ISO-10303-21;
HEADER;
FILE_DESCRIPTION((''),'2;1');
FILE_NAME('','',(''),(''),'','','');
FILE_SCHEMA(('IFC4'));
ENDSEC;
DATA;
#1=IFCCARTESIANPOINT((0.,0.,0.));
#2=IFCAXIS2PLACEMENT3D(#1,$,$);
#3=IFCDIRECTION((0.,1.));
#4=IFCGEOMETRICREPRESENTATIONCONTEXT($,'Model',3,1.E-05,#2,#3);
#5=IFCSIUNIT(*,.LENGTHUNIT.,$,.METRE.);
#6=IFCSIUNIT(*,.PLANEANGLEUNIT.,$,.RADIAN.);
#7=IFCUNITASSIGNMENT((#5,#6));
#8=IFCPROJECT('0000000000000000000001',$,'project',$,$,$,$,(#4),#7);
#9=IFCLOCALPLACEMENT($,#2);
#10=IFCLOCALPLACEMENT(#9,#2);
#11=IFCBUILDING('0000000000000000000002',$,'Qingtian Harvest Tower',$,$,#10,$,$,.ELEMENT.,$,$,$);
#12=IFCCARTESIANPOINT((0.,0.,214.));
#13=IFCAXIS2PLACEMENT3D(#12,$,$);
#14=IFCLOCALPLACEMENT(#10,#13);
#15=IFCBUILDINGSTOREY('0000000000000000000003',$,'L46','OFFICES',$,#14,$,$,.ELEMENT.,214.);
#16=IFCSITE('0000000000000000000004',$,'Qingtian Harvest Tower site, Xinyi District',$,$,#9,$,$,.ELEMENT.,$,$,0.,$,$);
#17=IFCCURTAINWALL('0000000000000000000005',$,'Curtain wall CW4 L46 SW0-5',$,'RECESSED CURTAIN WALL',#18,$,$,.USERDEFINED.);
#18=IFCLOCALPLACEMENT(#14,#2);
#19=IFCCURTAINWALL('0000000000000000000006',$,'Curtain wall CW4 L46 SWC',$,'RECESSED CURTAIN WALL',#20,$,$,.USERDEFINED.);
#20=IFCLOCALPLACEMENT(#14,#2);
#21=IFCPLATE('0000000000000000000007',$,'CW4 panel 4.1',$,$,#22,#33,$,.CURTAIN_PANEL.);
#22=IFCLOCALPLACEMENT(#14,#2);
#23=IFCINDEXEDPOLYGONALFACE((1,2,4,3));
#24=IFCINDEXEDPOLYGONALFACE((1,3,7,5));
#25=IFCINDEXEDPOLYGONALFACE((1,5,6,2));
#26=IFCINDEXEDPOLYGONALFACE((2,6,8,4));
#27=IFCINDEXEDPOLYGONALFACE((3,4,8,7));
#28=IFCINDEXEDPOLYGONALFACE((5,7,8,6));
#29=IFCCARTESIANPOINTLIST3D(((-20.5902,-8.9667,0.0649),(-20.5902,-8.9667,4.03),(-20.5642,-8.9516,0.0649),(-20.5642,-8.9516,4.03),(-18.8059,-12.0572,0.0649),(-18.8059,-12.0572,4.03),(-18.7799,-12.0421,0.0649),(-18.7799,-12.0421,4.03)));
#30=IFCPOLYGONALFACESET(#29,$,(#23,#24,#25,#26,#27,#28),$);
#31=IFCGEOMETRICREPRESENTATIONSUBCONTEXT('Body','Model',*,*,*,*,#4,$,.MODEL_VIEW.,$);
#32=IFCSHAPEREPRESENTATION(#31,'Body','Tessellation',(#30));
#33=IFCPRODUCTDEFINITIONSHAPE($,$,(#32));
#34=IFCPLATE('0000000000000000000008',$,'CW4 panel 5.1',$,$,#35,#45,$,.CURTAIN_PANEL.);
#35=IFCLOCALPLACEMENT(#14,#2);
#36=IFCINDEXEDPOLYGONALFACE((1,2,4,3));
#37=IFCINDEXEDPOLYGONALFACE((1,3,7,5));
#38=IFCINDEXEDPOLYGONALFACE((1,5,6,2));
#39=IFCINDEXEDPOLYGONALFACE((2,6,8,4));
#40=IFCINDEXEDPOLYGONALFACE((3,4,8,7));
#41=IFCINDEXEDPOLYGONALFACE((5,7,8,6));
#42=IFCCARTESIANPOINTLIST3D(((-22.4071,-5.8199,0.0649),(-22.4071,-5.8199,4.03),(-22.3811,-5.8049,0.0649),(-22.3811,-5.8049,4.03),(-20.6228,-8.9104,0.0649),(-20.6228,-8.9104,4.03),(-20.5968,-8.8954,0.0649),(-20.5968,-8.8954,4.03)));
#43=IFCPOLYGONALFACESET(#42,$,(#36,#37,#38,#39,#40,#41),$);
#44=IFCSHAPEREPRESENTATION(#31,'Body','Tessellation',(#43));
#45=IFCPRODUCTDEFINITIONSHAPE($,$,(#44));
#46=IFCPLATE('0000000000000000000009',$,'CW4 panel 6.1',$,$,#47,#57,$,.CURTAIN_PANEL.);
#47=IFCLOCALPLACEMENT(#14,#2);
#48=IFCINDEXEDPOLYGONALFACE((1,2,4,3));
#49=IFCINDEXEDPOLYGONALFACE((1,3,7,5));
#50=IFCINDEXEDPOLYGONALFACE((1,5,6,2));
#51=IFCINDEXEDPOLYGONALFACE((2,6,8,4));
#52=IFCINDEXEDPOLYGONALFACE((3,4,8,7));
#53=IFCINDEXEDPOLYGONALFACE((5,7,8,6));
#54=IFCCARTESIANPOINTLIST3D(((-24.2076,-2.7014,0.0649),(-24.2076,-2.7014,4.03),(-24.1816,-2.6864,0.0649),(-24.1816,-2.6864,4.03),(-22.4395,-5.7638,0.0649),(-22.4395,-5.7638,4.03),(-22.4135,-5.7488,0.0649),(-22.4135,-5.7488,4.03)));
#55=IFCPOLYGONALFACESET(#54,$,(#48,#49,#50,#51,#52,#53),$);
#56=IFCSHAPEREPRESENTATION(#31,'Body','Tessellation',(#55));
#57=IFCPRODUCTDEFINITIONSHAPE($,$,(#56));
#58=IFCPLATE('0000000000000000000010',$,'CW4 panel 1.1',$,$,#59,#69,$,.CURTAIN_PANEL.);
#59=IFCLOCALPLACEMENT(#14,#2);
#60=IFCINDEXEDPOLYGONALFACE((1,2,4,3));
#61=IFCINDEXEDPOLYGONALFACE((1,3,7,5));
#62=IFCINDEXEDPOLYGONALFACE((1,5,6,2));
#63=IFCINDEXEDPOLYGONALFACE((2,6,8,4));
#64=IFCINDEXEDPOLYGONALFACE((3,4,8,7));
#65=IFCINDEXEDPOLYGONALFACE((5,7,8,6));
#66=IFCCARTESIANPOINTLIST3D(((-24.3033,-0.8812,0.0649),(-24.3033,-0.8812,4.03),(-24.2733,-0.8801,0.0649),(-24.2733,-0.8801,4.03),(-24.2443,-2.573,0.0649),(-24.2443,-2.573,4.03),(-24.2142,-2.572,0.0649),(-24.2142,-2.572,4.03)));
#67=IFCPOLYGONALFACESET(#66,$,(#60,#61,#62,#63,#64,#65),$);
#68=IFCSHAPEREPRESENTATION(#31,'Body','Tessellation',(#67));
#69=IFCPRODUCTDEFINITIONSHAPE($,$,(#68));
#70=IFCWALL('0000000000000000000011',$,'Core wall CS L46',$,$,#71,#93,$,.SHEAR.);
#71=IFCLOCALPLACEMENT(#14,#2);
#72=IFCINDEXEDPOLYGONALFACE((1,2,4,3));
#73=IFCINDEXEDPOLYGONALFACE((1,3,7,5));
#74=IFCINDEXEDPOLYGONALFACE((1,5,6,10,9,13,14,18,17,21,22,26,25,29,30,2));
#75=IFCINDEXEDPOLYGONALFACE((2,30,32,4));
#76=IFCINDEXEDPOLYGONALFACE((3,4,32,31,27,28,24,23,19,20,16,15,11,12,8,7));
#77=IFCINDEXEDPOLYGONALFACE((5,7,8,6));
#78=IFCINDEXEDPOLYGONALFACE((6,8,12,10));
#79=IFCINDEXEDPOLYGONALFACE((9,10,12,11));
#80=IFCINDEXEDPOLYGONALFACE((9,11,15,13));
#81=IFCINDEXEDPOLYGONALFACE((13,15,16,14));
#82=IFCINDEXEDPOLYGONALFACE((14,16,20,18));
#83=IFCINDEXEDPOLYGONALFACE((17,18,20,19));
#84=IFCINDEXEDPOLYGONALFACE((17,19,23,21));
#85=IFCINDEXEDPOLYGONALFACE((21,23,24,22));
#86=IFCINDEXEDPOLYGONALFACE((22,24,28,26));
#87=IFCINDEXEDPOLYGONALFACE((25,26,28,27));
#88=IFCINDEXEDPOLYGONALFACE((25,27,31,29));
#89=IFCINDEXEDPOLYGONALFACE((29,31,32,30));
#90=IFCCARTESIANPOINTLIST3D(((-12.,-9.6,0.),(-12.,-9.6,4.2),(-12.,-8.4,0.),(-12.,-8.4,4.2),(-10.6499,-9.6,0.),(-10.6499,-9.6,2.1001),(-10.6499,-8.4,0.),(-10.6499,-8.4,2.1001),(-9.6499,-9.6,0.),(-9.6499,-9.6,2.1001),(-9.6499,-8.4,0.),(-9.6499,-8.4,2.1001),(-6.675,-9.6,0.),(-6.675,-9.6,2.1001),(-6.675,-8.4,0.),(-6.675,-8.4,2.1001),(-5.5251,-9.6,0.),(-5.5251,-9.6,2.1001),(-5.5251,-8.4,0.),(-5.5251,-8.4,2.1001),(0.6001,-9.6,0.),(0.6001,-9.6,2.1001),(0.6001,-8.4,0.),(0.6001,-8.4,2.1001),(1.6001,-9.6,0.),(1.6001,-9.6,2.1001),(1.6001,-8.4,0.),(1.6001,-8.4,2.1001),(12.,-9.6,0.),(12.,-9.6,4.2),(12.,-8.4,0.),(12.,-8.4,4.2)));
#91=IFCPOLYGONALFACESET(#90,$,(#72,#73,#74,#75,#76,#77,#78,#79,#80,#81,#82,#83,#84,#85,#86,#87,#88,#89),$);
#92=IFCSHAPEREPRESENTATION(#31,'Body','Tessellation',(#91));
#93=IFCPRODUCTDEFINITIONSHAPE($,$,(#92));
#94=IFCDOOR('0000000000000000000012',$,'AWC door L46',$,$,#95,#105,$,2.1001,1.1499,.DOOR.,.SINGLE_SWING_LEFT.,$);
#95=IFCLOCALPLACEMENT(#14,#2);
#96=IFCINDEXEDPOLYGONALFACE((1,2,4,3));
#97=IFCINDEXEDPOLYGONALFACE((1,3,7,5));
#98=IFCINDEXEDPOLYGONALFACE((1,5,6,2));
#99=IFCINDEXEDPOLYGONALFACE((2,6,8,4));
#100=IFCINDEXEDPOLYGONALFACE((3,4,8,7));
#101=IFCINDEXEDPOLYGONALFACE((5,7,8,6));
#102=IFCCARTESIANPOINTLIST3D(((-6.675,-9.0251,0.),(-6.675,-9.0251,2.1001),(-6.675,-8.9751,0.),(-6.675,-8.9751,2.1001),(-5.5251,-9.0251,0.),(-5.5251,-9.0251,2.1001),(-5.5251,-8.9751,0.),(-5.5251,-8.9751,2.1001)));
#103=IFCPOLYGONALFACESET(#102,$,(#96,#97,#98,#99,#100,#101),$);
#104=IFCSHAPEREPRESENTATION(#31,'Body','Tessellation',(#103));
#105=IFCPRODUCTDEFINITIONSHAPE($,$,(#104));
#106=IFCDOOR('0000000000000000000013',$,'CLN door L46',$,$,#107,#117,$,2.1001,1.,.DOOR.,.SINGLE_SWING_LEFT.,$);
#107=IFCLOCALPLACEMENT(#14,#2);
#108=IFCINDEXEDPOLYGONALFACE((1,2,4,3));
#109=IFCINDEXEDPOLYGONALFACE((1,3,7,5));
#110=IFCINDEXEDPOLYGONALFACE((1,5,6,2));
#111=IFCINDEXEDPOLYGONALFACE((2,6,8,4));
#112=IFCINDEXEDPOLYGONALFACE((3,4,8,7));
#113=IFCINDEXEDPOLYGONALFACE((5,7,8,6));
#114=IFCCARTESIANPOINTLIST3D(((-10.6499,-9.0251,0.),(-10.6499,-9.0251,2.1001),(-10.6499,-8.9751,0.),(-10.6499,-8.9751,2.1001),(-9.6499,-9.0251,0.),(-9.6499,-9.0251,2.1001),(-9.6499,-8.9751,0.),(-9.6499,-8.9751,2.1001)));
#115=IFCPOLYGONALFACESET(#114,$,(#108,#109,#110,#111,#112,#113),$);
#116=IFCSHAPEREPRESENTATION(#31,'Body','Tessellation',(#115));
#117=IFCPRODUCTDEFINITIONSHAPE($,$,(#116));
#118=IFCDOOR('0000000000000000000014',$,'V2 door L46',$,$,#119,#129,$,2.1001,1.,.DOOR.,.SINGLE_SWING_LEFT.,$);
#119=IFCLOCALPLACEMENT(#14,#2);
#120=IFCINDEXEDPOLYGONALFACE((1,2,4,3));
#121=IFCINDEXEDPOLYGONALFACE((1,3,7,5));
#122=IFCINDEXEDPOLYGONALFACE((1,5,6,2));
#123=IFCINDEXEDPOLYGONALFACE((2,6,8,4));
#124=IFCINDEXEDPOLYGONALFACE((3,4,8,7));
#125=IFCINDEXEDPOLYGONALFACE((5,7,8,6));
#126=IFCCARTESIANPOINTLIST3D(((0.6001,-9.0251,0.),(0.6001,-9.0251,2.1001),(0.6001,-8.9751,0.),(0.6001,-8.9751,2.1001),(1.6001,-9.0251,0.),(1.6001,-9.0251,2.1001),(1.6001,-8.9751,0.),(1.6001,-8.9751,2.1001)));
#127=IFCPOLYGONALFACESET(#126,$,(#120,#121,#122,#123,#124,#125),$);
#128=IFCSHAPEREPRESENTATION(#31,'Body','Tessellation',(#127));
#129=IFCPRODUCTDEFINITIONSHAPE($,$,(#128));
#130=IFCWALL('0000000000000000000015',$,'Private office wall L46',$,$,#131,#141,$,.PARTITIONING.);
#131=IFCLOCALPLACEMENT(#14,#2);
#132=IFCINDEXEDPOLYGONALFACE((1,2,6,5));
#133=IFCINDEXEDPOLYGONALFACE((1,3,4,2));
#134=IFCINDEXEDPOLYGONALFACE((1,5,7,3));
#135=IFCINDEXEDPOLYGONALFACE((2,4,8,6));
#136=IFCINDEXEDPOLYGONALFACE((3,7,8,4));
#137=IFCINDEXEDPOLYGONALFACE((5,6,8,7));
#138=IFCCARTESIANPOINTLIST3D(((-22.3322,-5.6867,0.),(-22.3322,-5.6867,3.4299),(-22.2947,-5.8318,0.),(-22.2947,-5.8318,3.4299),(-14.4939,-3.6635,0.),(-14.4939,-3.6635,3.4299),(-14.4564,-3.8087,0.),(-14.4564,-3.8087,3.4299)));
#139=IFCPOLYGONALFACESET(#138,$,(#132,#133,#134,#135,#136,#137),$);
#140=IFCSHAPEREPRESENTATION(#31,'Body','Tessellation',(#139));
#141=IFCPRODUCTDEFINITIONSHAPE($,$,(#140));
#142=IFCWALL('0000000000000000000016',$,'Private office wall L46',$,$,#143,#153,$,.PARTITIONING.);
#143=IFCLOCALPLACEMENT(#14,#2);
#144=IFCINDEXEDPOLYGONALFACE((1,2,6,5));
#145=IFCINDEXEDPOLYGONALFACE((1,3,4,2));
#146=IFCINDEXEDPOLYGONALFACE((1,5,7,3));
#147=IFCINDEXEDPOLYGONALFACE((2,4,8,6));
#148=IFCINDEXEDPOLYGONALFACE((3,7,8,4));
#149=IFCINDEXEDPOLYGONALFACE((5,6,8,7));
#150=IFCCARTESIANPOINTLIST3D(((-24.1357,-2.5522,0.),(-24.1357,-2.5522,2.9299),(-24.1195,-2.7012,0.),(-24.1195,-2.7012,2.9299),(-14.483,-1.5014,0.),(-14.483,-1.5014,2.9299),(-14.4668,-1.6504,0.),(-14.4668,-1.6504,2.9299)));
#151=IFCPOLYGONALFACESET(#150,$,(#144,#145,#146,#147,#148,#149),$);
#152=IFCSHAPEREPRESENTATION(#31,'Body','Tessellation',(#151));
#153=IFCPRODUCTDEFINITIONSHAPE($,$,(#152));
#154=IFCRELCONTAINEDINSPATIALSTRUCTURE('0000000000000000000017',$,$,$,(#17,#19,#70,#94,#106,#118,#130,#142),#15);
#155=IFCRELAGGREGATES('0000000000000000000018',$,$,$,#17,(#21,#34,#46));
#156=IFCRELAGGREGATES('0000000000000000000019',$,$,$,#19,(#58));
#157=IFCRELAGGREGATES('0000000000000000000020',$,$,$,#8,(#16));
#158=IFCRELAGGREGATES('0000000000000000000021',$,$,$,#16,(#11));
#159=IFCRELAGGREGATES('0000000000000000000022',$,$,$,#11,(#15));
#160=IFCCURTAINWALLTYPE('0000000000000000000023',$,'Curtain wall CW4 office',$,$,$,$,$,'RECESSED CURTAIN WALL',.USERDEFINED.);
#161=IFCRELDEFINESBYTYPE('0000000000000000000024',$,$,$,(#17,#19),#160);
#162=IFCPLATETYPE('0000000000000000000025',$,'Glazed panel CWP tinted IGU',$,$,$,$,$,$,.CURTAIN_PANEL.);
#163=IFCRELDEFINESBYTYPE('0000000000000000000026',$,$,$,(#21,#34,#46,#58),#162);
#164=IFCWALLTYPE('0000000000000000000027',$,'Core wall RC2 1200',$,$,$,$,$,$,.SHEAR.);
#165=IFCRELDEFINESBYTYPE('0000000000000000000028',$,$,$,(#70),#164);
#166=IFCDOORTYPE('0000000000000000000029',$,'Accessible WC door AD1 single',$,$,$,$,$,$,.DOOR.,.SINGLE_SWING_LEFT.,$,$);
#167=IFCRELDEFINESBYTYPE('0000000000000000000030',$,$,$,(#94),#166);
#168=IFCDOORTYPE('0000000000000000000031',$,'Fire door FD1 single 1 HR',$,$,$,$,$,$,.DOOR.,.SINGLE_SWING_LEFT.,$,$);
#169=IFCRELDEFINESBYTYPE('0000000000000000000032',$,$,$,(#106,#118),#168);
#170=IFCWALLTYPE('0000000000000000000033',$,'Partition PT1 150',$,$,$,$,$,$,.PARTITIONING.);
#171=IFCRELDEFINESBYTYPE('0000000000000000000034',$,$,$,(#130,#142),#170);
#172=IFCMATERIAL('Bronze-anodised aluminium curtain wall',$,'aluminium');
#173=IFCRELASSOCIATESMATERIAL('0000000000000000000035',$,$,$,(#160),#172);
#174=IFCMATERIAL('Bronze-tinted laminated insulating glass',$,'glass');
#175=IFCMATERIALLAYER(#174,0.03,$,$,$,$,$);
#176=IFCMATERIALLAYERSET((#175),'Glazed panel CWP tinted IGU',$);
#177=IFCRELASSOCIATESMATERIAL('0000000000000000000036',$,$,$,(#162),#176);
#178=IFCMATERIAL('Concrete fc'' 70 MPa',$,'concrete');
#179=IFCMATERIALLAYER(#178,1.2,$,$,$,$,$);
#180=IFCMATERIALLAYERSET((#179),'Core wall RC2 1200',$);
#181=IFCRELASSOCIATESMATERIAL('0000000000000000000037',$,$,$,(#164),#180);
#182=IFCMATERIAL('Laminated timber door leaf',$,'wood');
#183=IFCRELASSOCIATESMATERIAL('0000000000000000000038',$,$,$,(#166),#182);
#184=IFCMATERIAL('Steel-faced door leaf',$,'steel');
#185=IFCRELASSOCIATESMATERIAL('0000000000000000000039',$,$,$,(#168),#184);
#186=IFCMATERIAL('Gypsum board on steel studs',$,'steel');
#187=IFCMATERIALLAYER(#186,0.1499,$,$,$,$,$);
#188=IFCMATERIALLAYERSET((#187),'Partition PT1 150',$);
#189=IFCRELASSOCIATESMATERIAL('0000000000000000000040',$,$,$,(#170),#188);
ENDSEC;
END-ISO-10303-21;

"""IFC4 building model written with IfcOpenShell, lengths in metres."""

from ifc_helpers import new_model, si_unit, direction, frame, frame_2d, origin, origin_2d, place, context, subcontext, project, spatial, rectangle, extrude, material, layer, layer_set, type_object, element, fill, aggregate, save


model = new_model("IFC4")

# Units and contexts
model_context = context("Model", 3, precision=1e-05, world=origin(), true_north=direction((0.0, 1.0)))
body_context = subcontext(model_context, "Body", "Model", "MODEL_VIEW")
ifc_project = project(units=[si_unit("LENGTHUNIT", "METRE"), si_unit("PLANEANGLEUNIT", "RADIAN")], contexts=[model_context])

# Site, building, storey
site_placement = place(None, origin())
site = spatial("IfcSite", under=ifc_project, at=site_placement, Name="Qingtian Harvest Tower site, Xinyi District", CompositionType="ELEMENT", RefElevation=0.0)
building_placement = place(site_placement, origin())
building = spatial("IfcBuilding", under=site, at=building_placement, Name="Qingtian Harvest Tower", CompositionType="ELEMENT")
storey_placement = place(building_placement, frame((0.0, 0.0, 214.0)))
storey = spatial("IfcBuildingStorey", under=building, at=storey_placement, Name="L46", Description="OFFICES", CompositionType="ELEMENT", Elevation=214.0)

# Curtain walls
ifc_material_1 = material(Name="Bronze-anodised aluminium curtain wall", Category="aluminium")
curtain_wall_type = type_object("IfcCurtainWallType", Name="Curtain wall CW4 office", ElementType="RECESSED CURTAIN WALL", PredefinedType="USERDEFINED", material=ifc_material_1)
curtain_wall_1_placement = place(storey_placement, origin())
curtain_wall_1 = element("IfcCurtainWall", 1, at=curtain_wall_1_placement, inside=storey, type_object=curtain_wall_type, Name="Curtain wall CW4 L46 SW0-5", ObjectType="RECESSED CURTAIN WALL", PredefinedType="USERDEFINED")
curtain_wall_2_placement = place(storey_placement, origin())
curtain_wall_2 = element("IfcCurtainWall", 2, at=curtain_wall_2_placement, inside=storey, type_object=curtain_wall_type, Name="Curtain wall CW4 L46 SWC", ObjectType="RECESSED CURTAIN WALL", PredefinedType="USERDEFINED")

# Plates
ifc_material_2 = material(Name="Bronze-tinted laminated insulating glass", Category="glass")
ifc_layer_1 = layer(ifc_material_2, 0.03)
ifc_layer_set_1 = layer_set([ifc_layer_1], Name="Glazed panel CWP tinted IGU")
plate_type = type_object("IfcPlateType", Name="Glazed panel CWP tinted IGU", PredefinedType="CURTAIN_PANEL", material=ifc_layer_set_1)
plate_1_placement = place(storey_placement, frame((-19.6851, -10.5044, 0.0649), z_axis=(0.0, 0.0, 1.0), x_axis=(-0.5, 0.866025, 0.0)))
plate_1 = element("IfcPlate", 3, at=plate_1_placement, type_object=plate_type, Name="CW4 panel 4.1", PredefinedType="CURTAIN_PANEL", context=body_context, shape_type="SweptSolid", body=[
    extrude(rectangle(XDim=3.5686, YDim=0.03, at=origin_2d()), origin(), (0.0, 0.0, 1.0), 3.9651),
])
plate_2_placement = place(storey_placement, frame((-21.502, -7.3577, 0.0649), z_axis=(0.0, 0.0, 1.0), x_axis=(-0.5, 0.866025, 0.0)))
plate_2 = element("IfcPlate", 4, at=plate_2_placement, type_object=plate_type, Name="CW4 panel 5.1", PredefinedType="CURTAIN_PANEL", context=body_context, shape_type="SweptSolid", body=[
    extrude(rectangle(XDim=3.5686, YDim=0.03, at=origin_2d()), origin(), (0.0, 0.0, 1.0), 3.9651),
])
plate_3_placement = place(storey_placement, frame((-23.3105, -4.2251, 0.0649), z_axis=(0.0, 0.0, 1.0), x_axis=(-0.5, 0.866025, 0.0)))
plate_3 = element("IfcPlate", 5, at=plate_3_placement, type_object=plate_type, Name="CW4 panel 6.1", PredefinedType="CURTAIN_PANEL", context=body_context, shape_type="SweptSolid", body=[
    extrude(rectangle(XDim=3.5361, YDim=0.03, at=origin_2d()), origin(), (0.0, 0.0, 1.0), 3.9651),
])
aggregate(curtain_wall_1, [plate_1, plate_2, plate_3])
plate_4_placement = place(storey_placement, frame((-24.2588, -1.7266, 0.0649), z_axis=(0.0, 0.0, 1.0), x_axis=(-0.034899, 0.999391, 0.0)))
plate_4 = element("IfcPlate", 6, at=plate_4_placement, type_object=plate_type, Name="CW4 panel 1.1", PredefinedType="CURTAIN_PANEL", context=body_context, shape_type="SweptSolid", body=[
    extrude(rectangle(XDim=1.6929, YDim=0.03, at=origin_2d()), origin(), (0.0, 0.0, 1.0), 3.9651),
])
aggregate(curtain_wall_2, [plate_4])

# Wall, openings, doors
ifc_material_3 = material(Name="Concrete fc' 70 MPa", Category="concrete")
ifc_layer_2 = layer(ifc_material_3, 1.2)
ifc_layer_set_2 = layer_set([ifc_layer_2], Name="Core wall RC2 1200")
wall_type_1 = type_object("IfcWallType", Name="Core wall RC2 1200", PredefinedType="SHEAR", material=ifc_layer_set_2)
wall_1_placement = place(storey_placement, frame((-12.0, -9.0, 0.0), z_axis=(0.0, 0.0, 1.0), x_axis=(1.0, 0.0, 0.0)))
wall_1 = element("IfcWall", 7, at=wall_1_placement, inside=storey, type_object=wall_type_1, Name="Core wall CS L46", PredefinedType="SHEAR", context=body_context, shape_type="SweptSolid", body=[
    extrude(rectangle(XDim=24.0, YDim=1.2, at=frame_2d((12.0, 0.0))), origin(), (0.0, 0.0, 1.0), 4.2),
])
opening_1_placement = place(wall_1_placement, frame((1.3501, 0.0, 0.0)))
opening_1 = element("IfcOpeningElement", 8, at=opening_1_placement, cuts=wall_1, PredefinedType="OPENING", context=body_context, shape_type="SweptSolid", body=[
    extrude(rectangle(XDim=1.0, YDim=2.1001, at=frame_2d((0.5, 1.05))), frame((0.0, 0.6099, 0.0), z_axis=(0.0, -1.0, 0.0), x_axis=(1.0, 0.0, 0.0)), (0.0, 0.0, 1.0), 1.22),
])
opening_2_placement = place(wall_1_placement, frame((5.325, 0.0, 0.0)))
opening_2 = element("IfcOpeningElement", 9, at=opening_2_placement, cuts=wall_1, PredefinedType="OPENING", context=body_context, shape_type="SweptSolid", body=[
    extrude(rectangle(XDim=1.1499, YDim=2.1001, at=frame_2d((0.575, 1.05))), frame((0.0, 0.6099, 0.0), z_axis=(0.0, -1.0, 0.0), x_axis=(1.0, 0.0, 0.0)), (0.0, 0.0, 1.0), 1.22),
])
opening_3_placement = place(wall_1_placement, frame((12.6001, 0.0, 0.0)))
opening_3 = element("IfcOpeningElement", 10, at=opening_3_placement, cuts=wall_1, PredefinedType="OPENING", context=body_context, shape_type="SweptSolid", body=[
    extrude(rectangle(XDim=1.0, YDim=2.1001, at=frame_2d((0.5, 1.05))), frame((0.0, 0.6099, 0.0), z_axis=(0.0, -1.0, 0.0), x_axis=(1.0, 0.0, 0.0)), (0.0, 0.0, 1.0), 1.22),
])
ifc_material_4 = material(Name="Laminated timber door leaf", Category="wood")
door_type_1 = type_object("IfcDoorType", Name="Accessible WC door AD1 single", OperationType="SINGLE_SWING_LEFT", PredefinedType="DOOR", material=ifc_material_4)
door_1_placement = place(opening_2_placement, origin())
door_1 = element("IfcDoor", 11, at=door_1_placement, inside=storey, type_object=door_type_1, Name="AWC door L46", OperationType="SINGLE_SWING_LEFT", OverallHeight=2.1001, OverallWidth=1.1499, PredefinedType="DOOR", context=body_context, shape_type="SweptSolid", body=[
    extrude(rectangle(XDim=1.1499, YDim=2.1001, at=frame_2d((0.575, 1.05))), frame((0.0, 0.0249, 0.0), z_axis=(0.0, -1.0, 0.0), x_axis=(1.0, 0.0, 0.0)), (0.0, 0.0, 1.0), 0.05),
])
fill(opening_2, door_1)
ifc_material_5 = material(Name="Steel-faced door leaf", Category="steel")
door_type_2 = type_object("IfcDoorType", Name="Fire door FD1 single 1 HR", OperationType="SINGLE_SWING_LEFT", PredefinedType="DOOR", material=ifc_material_5)
door_2_placement = place(opening_1_placement, origin())
door_2 = element("IfcDoor", 12, at=door_2_placement, inside=storey, type_object=door_type_2, Name="CLN door L46", OperationType="SINGLE_SWING_LEFT", OverallHeight=2.1001, OverallWidth=1.0, PredefinedType="DOOR", context=body_context, shape_type="SweptSolid", body=[
    extrude(rectangle(XDim=1.0, YDim=2.1001, at=frame_2d((0.5, 1.05))), frame((0.0, 0.0249, 0.0), z_axis=(0.0, -1.0, 0.0), x_axis=(1.0, 0.0, 0.0)), (0.0, 0.0, 1.0), 0.05),
])
fill(opening_1, door_2)
door_3_placement = place(opening_3_placement, origin())
door_3 = element("IfcDoor", 13, at=door_3_placement, inside=storey, type_object=door_type_2, Name="V2 door L46", OperationType="SINGLE_SWING_LEFT", OverallHeight=2.1001, OverallWidth=1.0, PredefinedType="DOOR", context=body_context, shape_type="SweptSolid", body=[
    extrude(rectangle(XDim=1.0, YDim=2.1001, at=frame_2d((0.5, 1.05))), frame((0.0, 0.0249, 0.0), z_axis=(0.0, -1.0, 0.0), x_axis=(1.0, 0.0, 0.0)), (0.0, 0.0, 1.0), 0.05),
])
fill(opening_3, door_3)

# Wall
ifc_material_6 = material(Name="Gypsum board on steel studs", Category="steel")
ifc_layer_3 = layer(ifc_material_6, 0.1499)
ifc_layer_set_3 = layer_set([ifc_layer_3], Name="Partition PT1 150")
wall_type_2 = type_object("IfcWallType", Name="Partition PT1 150", PredefinedType="PARTITIONING", material=ifc_layer_set_3)
wall_2_placement = place(storey_placement, frame((-22.3135, -5.7593, 0.0), z_axis=(0.0, 0.0, 1.0), x_axis=(0.968266, 0.249923, 0.0)))
element("IfcWall", 14, at=wall_2_placement, inside=storey, type_object=wall_type_2, Name="Private office wall L46", PredefinedType="PARTITIONING", context=body_context, shape_type="SweptSolid", body=[
    extrude(rectangle(XDim=8.0952, YDim=0.1499, at=frame_2d((4.0476, 0.0))), origin(), (0.0, 0.0, 1.0), 3.4299),
])

# Wall
wall_3_placement = place(storey_placement, frame((-24.1277, -2.6267, 0.0), z_axis=(0.0, 0.0, 1.0), x_axis=(0.994127, 0.108221, 0.0)))
element("IfcWall", 15, at=wall_3_placement, inside=storey, type_object=wall_type_2, Name="Private office wall L46", PredefinedType="PARTITIONING", context=body_context, shape_type="SweptSolid", body=[
    extrude(rectangle(XDim=9.7097, YDim=0.1499, at=frame_2d((4.855, 0.0))), origin(), (0.0, 0.0, 1.0), 2.9299),
])

save(model, "model.ifc")
